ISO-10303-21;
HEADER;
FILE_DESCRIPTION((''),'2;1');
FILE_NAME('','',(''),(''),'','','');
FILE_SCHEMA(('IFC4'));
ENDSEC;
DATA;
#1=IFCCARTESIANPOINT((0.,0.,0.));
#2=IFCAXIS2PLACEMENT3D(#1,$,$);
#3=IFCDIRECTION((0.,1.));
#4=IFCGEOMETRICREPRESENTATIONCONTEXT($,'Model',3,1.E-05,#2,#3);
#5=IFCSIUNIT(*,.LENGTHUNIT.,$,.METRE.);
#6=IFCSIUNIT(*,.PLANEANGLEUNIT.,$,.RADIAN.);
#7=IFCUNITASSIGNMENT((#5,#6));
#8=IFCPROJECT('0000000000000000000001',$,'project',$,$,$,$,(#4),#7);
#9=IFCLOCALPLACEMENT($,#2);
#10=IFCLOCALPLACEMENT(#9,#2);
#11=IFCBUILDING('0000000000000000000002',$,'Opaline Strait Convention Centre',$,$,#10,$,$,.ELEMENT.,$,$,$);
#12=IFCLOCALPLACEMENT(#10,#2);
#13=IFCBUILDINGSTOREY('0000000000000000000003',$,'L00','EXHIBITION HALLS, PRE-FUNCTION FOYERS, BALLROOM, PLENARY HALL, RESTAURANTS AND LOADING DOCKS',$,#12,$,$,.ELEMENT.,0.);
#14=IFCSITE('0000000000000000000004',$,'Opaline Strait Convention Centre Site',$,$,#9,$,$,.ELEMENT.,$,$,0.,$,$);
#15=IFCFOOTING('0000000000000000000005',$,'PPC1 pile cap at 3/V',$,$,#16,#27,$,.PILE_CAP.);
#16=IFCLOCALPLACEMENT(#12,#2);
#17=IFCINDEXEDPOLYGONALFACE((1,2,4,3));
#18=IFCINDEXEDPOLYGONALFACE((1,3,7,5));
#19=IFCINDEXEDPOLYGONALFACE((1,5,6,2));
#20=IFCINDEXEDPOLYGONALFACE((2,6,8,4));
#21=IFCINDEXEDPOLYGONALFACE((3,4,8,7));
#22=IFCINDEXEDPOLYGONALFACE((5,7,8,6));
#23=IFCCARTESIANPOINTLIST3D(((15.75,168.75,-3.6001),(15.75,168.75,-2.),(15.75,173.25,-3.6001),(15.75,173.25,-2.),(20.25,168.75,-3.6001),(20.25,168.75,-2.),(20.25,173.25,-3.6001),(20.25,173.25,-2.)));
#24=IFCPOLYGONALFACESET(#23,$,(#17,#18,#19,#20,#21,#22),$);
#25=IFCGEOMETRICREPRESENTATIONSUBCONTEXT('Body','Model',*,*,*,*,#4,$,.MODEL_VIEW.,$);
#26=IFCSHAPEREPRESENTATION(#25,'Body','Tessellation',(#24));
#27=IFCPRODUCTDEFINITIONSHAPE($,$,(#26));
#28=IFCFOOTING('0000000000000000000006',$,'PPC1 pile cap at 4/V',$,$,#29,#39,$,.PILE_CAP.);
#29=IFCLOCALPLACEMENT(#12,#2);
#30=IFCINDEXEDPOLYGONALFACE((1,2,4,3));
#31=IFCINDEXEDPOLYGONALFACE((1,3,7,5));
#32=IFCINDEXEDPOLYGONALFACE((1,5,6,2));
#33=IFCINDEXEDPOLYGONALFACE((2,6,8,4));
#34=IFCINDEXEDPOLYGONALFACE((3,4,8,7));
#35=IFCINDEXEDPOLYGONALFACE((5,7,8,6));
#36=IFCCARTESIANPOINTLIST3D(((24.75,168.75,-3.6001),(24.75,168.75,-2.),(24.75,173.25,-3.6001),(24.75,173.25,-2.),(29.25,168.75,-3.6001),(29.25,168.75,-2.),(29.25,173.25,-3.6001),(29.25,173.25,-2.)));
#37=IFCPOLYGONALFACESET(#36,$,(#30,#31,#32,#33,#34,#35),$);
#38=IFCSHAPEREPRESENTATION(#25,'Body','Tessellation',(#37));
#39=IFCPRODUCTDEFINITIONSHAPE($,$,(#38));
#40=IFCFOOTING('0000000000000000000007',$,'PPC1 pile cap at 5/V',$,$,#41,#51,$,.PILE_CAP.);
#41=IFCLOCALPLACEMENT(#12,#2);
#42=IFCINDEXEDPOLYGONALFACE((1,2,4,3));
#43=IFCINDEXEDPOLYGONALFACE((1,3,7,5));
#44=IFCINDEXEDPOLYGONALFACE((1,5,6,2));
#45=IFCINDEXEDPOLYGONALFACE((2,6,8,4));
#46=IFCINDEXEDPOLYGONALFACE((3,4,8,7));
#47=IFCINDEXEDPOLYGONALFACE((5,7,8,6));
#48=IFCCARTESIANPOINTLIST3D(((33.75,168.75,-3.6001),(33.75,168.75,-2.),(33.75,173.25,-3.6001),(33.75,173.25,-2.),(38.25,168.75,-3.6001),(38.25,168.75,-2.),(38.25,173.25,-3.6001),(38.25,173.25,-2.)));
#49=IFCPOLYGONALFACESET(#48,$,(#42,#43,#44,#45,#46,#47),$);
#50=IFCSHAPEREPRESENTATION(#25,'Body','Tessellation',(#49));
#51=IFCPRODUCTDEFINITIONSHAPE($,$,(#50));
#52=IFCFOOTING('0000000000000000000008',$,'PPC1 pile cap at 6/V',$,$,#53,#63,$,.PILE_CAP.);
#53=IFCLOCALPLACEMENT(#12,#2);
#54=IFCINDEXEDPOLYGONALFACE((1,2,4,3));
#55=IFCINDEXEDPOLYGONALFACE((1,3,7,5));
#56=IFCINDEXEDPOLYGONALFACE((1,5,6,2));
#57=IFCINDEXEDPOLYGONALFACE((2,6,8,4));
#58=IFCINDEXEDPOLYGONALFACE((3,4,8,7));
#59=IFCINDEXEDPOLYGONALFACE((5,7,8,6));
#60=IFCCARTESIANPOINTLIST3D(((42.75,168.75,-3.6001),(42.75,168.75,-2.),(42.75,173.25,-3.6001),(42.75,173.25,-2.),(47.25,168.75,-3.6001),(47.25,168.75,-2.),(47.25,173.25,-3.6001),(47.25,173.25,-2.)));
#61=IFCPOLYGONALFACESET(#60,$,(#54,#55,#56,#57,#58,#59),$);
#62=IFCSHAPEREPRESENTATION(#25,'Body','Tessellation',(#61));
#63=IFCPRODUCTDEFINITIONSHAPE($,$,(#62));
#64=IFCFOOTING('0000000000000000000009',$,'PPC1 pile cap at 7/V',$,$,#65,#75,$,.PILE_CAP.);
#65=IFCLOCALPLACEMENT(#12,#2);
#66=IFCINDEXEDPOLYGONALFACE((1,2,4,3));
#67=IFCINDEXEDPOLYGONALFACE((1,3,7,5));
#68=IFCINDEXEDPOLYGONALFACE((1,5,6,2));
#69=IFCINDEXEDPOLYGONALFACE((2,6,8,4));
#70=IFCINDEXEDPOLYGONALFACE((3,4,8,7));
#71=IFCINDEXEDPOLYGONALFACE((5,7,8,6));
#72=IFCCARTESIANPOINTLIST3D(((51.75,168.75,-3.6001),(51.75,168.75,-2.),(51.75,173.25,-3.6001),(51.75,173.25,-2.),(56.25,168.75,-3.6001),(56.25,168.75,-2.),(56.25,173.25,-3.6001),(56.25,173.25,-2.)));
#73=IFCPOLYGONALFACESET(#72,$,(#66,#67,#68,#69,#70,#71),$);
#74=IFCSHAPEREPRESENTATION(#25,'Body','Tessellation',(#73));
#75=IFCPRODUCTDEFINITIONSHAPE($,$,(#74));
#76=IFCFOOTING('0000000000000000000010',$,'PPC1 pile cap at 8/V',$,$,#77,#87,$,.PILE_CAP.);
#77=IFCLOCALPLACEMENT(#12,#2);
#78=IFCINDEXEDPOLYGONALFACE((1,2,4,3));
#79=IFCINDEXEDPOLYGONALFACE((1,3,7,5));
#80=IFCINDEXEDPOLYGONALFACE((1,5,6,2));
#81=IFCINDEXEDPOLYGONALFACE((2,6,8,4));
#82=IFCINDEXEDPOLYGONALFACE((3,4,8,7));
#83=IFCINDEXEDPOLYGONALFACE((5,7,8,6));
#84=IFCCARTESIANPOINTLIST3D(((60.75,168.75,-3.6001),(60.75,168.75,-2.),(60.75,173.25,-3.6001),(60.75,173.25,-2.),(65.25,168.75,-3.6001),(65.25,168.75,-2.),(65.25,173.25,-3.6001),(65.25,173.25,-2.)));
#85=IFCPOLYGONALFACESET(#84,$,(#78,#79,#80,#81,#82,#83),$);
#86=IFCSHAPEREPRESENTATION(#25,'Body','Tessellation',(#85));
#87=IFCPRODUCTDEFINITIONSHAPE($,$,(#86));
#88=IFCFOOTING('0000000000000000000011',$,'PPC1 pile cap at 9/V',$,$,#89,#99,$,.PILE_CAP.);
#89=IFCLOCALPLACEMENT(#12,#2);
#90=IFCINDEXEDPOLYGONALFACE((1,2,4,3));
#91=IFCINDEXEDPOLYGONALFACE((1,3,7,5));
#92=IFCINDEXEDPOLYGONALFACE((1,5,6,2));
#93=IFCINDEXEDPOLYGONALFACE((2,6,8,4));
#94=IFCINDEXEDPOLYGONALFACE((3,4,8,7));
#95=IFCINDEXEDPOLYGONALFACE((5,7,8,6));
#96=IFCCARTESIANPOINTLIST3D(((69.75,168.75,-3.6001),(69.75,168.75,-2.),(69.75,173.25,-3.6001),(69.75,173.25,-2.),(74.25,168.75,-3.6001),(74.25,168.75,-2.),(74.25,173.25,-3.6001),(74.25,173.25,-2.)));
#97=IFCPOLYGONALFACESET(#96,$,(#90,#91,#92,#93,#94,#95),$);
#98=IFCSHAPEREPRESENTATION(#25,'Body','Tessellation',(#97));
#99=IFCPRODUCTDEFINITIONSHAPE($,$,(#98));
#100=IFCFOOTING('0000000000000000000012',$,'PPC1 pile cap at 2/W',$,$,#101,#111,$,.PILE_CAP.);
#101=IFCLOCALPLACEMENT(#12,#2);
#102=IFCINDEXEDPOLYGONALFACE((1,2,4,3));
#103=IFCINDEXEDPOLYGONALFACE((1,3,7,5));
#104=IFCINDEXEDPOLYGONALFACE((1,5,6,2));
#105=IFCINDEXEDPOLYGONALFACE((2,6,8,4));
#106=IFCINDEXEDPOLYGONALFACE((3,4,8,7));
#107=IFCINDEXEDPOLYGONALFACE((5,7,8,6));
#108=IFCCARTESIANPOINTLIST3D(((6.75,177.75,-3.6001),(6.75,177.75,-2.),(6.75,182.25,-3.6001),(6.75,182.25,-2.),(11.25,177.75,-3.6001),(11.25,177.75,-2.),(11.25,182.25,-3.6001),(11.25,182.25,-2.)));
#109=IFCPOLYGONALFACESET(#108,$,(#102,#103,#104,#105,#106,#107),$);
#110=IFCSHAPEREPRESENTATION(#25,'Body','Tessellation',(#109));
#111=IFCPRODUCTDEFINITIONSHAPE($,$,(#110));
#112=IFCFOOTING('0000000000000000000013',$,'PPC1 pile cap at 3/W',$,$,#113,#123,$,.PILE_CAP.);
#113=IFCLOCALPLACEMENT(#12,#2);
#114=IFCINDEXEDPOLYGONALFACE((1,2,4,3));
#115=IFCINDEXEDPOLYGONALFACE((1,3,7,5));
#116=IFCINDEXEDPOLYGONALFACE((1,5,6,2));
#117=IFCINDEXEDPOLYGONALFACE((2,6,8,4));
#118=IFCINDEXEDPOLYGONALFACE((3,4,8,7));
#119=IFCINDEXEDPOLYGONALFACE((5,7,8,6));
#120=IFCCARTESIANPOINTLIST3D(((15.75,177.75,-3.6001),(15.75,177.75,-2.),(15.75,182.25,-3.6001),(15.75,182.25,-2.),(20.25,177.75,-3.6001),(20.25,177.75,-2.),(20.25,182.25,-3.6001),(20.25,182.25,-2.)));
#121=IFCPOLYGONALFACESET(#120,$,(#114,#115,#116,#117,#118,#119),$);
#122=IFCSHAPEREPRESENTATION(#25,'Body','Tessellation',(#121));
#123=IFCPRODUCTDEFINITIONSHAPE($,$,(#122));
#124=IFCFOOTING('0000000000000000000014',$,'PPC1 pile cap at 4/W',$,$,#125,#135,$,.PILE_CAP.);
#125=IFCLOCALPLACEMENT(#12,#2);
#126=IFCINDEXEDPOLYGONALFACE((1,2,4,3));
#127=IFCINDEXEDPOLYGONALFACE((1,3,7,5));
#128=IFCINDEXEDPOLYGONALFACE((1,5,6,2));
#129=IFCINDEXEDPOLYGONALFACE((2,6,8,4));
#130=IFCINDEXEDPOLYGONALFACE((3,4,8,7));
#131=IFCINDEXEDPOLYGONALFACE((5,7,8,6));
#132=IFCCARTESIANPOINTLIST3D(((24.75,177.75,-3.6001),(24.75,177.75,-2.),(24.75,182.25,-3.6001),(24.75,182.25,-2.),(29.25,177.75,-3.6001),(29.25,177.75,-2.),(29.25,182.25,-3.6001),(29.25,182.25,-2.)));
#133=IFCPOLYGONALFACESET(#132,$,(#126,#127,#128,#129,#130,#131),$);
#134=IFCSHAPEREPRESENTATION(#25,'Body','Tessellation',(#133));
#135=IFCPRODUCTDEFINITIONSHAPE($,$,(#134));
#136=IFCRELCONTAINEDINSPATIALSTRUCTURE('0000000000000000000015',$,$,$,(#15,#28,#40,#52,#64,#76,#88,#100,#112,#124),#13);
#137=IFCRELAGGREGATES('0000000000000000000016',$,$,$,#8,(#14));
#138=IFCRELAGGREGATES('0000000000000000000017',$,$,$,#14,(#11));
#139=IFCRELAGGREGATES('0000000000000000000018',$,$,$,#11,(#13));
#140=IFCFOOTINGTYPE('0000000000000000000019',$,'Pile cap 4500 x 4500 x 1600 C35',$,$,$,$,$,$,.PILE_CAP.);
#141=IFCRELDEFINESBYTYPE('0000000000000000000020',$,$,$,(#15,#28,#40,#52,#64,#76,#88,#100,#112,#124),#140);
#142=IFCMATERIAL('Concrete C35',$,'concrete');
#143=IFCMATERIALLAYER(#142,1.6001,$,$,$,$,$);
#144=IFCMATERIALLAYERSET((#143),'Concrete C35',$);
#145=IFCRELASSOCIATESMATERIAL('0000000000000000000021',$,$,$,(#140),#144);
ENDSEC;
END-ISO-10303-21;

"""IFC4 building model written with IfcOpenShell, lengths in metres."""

from ifc_helpers import new_model, si_unit, direction, frame, origin, place, context, subcontext, project, spatial, polyline, outline, extrude, material, layer, layer_set, type_object, element, save


model = new_model("IFC4")

# Units and contexts
model_context = context("Model", 3, precision=1e-05, world=origin(), true_north=direction((0.0, 1.0)))
body_context = subcontext(model_context, "Body", "Model", "MODEL_VIEW")
ifc_project = project(units=[si_unit("LENGTHUNIT", "METRE"), si_unit("PLANEANGLEUNIT", "RADIAN")], contexts=[model_context])

# Site, building, storey
site_placement = place(None, origin())
site = spatial("IfcSite", under=ifc_project, at=site_placement, Name="Opaline Strait Convention Centre Site", CompositionType="ELEMENT", RefElevation=0.0)
building_placement = place(site_placement, origin())
building = spatial("IfcBuilding", under=site, at=building_placement, Name="Opaline Strait Convention Centre", CompositionType="ELEMENT")
storey_placement = place(building_placement, origin())
storey = spatial("IfcBuildingStorey", under=building, at=storey_placement, Name="L00", Description="EXHIBITION HALLS, PRE-FUNCTION FOYERS, BALLROOM, PLENARY HALL, RESTAURANTS AND LOADING DOCKS", CompositionType="ELEMENT", Elevation=0.0)

# Footings
ifc_material = material(Name="Concrete C35", Category="concrete")
ifc_layer = layer(ifc_material, 1.6001)
ifc_layer_set = layer_set([ifc_layer], Name="Concrete C35")
footing_type = type_object("IfcFootingType", Name="Pile cap 4500 x 4500 x 1600 C35", PredefinedType="PILE_CAP", material=ifc_layer_set)
footing_1_placement = place(storey_placement, frame((0.0, 0.0, -3.6001)))
element("IfcFooting", 1, at=footing_1_placement, inside=storey, type_object=footing_type, Name="PPC1 pile cap at 3/V", PredefinedType="PILE_CAP", context=body_context, shape_type="SweptSolid", body=[
    extrude(outline(polyline([(15.75, 168.75), (20.25, 168.75), (20.25, 173.25), (15.75, 173.25), (15.75, 168.75)])), origin(), (0.0, 0.0, 1.0), 1.6001),
])
footing_2_placement = place(storey_placement, frame((0.0, 0.0, -3.6001)))
element("IfcFooting", 2, at=footing_2_placement, inside=storey, type_object=footing_type, Name="PPC1 pile cap at 4/V", PredefinedType="PILE_CAP", context=body_context, shape_type="SweptSolid", body=[
    extrude(outline(polyline([(24.75, 168.75), (29.25, 168.75), (29.25, 173.25), (24.75, 173.25), (24.75, 168.75)])), origin(), (0.0, 0.0, 1.0), 1.6001),
])
footing_3_placement = place(storey_placement, frame((0.0, 0.0, -3.6001)))
element("IfcFooting", 3, at=footing_3_placement, inside=storey, type_object=footing_type, Name="PPC1 pile cap at 5/V", PredefinedType="PILE_CAP", context=body_context, shape_type="SweptSolid", body=[
    extrude(outline(polyline([(33.75, 168.75), (38.25, 168.75), (38.25, 173.25), (33.75, 173.25), (33.75, 168.75)])), origin(), (0.0, 0.0, 1.0), 1.6001),
])
footing_4_placement = place(storey_placement, frame((0.0, 0.0, -3.6001)))
element("IfcFooting", 4, at=footing_4_placement, inside=storey, type_object=footing_type, Name="PPC1 pile cap at 6/V", PredefinedType="PILE_CAP", context=body_context, shape_type="SweptSolid", body=[
    extrude(outline(polyline([(42.75, 168.75), (47.25, 168.75), (47.25, 173.25), (42.75, 173.25), (42.75, 168.75)])), origin(), (0.0, 0.0, 1.0), 1.6001),
])
footing_5_placement = place(storey_placement, frame((0.0, 0.0, -3.6001)))
element("IfcFooting", 5, at=footing_5_placement, inside=storey, type_object=footing_type, Name="PPC1 pile cap at 7/V", PredefinedType="PILE_CAP", context=body_context, shape_type="SweptSolid", body=[
    extrude(outline(polyline([(51.75, 168.75), (56.25, 168.75), (56.25, 173.25), (51.75, 173.25), (51.75, 168.75)])), origin(), (0.0, 0.0, 1.0), 1.6001),
])
footing_6_placement = place(storey_placement, frame((0.0, 0.0, -3.6001)))
element("IfcFooting", 6, at=footing_6_placement, inside=storey, type_object=footing_type, Name="PPC1 pile cap at 8/V", PredefinedType="PILE_CAP", context=body_context, shape_type="SweptSolid", body=[
    extrude(outline(polyline([(60.75, 168.75), (65.25, 168.75), (65.25, 173.25), (60.75, 173.25), (60.75, 168.75)])), origin(), (0.0, 0.0, 1.0), 1.6001),
])
footing_7_placement = place(storey_placement, frame((0.0, 0.0, -3.6001)))
element("IfcFooting", 7, at=footing_7_placement, inside=storey, type_object=footing_type, Name="PPC1 pile cap at 9/V", PredefinedType="PILE_CAP", context=body_context, shape_type="SweptSolid", body=[
    extrude(outline(polyline([(69.75, 168.75), (74.25, 168.75), (74.25, 173.25), (69.75, 173.25), (69.75, 168.75)])), origin(), (0.0, 0.0, 1.0), 1.6001),
])
footing_8_placement = place(storey_placement, frame((0.0, 0.0, -3.6001)))
element("IfcFooting", 8, at=footing_8_placement, inside=storey, type_object=footing_type, Name="PPC1 pile cap at 2/W", PredefinedType="PILE_CAP", context=body_context, shape_type="SweptSolid", body=[
    extrude(outline(polyline([(6.75, 177.75), (11.25, 177.75), (11.25, 182.25), (6.75, 182.25), (6.75, 177.75)])), origin(), (0.0, 0.0, 1.0), 1.6001),
])
footing_9_placement = place(storey_placement, frame((0.0, 0.0, -3.6001)))
element("IfcFooting", 9, at=footing_9_placement, inside=storey, type_object=footing_type, Name="PPC1 pile cap at 3/W", PredefinedType="PILE_CAP", context=body_context, shape_type="SweptSolid", body=[
    extrude(outline(polyline([(15.75, 177.75), (20.25, 177.75), (20.25, 182.25), (15.75, 182.25), (15.75, 177.75)])), origin(), (0.0, 0.0, 1.0), 1.6001),
])
footing_10_placement = place(storey_placement, frame((0.0, 0.0, -3.6001)))
element("IfcFooting", 10, at=footing_10_placement, inside=storey, type_object=footing_type, Name="PPC1 pile cap at 4/W", PredefinedType="PILE_CAP", context=body_context, shape_type="SweptSolid", body=[
    extrude(outline(polyline([(24.75, 177.75), (29.25, 177.75), (29.25, 182.25), (24.75, 182.25), (24.75, 177.75)])), origin(), (0.0, 0.0, 1.0), 1.6001),
])

save(model, "model.ifc")
